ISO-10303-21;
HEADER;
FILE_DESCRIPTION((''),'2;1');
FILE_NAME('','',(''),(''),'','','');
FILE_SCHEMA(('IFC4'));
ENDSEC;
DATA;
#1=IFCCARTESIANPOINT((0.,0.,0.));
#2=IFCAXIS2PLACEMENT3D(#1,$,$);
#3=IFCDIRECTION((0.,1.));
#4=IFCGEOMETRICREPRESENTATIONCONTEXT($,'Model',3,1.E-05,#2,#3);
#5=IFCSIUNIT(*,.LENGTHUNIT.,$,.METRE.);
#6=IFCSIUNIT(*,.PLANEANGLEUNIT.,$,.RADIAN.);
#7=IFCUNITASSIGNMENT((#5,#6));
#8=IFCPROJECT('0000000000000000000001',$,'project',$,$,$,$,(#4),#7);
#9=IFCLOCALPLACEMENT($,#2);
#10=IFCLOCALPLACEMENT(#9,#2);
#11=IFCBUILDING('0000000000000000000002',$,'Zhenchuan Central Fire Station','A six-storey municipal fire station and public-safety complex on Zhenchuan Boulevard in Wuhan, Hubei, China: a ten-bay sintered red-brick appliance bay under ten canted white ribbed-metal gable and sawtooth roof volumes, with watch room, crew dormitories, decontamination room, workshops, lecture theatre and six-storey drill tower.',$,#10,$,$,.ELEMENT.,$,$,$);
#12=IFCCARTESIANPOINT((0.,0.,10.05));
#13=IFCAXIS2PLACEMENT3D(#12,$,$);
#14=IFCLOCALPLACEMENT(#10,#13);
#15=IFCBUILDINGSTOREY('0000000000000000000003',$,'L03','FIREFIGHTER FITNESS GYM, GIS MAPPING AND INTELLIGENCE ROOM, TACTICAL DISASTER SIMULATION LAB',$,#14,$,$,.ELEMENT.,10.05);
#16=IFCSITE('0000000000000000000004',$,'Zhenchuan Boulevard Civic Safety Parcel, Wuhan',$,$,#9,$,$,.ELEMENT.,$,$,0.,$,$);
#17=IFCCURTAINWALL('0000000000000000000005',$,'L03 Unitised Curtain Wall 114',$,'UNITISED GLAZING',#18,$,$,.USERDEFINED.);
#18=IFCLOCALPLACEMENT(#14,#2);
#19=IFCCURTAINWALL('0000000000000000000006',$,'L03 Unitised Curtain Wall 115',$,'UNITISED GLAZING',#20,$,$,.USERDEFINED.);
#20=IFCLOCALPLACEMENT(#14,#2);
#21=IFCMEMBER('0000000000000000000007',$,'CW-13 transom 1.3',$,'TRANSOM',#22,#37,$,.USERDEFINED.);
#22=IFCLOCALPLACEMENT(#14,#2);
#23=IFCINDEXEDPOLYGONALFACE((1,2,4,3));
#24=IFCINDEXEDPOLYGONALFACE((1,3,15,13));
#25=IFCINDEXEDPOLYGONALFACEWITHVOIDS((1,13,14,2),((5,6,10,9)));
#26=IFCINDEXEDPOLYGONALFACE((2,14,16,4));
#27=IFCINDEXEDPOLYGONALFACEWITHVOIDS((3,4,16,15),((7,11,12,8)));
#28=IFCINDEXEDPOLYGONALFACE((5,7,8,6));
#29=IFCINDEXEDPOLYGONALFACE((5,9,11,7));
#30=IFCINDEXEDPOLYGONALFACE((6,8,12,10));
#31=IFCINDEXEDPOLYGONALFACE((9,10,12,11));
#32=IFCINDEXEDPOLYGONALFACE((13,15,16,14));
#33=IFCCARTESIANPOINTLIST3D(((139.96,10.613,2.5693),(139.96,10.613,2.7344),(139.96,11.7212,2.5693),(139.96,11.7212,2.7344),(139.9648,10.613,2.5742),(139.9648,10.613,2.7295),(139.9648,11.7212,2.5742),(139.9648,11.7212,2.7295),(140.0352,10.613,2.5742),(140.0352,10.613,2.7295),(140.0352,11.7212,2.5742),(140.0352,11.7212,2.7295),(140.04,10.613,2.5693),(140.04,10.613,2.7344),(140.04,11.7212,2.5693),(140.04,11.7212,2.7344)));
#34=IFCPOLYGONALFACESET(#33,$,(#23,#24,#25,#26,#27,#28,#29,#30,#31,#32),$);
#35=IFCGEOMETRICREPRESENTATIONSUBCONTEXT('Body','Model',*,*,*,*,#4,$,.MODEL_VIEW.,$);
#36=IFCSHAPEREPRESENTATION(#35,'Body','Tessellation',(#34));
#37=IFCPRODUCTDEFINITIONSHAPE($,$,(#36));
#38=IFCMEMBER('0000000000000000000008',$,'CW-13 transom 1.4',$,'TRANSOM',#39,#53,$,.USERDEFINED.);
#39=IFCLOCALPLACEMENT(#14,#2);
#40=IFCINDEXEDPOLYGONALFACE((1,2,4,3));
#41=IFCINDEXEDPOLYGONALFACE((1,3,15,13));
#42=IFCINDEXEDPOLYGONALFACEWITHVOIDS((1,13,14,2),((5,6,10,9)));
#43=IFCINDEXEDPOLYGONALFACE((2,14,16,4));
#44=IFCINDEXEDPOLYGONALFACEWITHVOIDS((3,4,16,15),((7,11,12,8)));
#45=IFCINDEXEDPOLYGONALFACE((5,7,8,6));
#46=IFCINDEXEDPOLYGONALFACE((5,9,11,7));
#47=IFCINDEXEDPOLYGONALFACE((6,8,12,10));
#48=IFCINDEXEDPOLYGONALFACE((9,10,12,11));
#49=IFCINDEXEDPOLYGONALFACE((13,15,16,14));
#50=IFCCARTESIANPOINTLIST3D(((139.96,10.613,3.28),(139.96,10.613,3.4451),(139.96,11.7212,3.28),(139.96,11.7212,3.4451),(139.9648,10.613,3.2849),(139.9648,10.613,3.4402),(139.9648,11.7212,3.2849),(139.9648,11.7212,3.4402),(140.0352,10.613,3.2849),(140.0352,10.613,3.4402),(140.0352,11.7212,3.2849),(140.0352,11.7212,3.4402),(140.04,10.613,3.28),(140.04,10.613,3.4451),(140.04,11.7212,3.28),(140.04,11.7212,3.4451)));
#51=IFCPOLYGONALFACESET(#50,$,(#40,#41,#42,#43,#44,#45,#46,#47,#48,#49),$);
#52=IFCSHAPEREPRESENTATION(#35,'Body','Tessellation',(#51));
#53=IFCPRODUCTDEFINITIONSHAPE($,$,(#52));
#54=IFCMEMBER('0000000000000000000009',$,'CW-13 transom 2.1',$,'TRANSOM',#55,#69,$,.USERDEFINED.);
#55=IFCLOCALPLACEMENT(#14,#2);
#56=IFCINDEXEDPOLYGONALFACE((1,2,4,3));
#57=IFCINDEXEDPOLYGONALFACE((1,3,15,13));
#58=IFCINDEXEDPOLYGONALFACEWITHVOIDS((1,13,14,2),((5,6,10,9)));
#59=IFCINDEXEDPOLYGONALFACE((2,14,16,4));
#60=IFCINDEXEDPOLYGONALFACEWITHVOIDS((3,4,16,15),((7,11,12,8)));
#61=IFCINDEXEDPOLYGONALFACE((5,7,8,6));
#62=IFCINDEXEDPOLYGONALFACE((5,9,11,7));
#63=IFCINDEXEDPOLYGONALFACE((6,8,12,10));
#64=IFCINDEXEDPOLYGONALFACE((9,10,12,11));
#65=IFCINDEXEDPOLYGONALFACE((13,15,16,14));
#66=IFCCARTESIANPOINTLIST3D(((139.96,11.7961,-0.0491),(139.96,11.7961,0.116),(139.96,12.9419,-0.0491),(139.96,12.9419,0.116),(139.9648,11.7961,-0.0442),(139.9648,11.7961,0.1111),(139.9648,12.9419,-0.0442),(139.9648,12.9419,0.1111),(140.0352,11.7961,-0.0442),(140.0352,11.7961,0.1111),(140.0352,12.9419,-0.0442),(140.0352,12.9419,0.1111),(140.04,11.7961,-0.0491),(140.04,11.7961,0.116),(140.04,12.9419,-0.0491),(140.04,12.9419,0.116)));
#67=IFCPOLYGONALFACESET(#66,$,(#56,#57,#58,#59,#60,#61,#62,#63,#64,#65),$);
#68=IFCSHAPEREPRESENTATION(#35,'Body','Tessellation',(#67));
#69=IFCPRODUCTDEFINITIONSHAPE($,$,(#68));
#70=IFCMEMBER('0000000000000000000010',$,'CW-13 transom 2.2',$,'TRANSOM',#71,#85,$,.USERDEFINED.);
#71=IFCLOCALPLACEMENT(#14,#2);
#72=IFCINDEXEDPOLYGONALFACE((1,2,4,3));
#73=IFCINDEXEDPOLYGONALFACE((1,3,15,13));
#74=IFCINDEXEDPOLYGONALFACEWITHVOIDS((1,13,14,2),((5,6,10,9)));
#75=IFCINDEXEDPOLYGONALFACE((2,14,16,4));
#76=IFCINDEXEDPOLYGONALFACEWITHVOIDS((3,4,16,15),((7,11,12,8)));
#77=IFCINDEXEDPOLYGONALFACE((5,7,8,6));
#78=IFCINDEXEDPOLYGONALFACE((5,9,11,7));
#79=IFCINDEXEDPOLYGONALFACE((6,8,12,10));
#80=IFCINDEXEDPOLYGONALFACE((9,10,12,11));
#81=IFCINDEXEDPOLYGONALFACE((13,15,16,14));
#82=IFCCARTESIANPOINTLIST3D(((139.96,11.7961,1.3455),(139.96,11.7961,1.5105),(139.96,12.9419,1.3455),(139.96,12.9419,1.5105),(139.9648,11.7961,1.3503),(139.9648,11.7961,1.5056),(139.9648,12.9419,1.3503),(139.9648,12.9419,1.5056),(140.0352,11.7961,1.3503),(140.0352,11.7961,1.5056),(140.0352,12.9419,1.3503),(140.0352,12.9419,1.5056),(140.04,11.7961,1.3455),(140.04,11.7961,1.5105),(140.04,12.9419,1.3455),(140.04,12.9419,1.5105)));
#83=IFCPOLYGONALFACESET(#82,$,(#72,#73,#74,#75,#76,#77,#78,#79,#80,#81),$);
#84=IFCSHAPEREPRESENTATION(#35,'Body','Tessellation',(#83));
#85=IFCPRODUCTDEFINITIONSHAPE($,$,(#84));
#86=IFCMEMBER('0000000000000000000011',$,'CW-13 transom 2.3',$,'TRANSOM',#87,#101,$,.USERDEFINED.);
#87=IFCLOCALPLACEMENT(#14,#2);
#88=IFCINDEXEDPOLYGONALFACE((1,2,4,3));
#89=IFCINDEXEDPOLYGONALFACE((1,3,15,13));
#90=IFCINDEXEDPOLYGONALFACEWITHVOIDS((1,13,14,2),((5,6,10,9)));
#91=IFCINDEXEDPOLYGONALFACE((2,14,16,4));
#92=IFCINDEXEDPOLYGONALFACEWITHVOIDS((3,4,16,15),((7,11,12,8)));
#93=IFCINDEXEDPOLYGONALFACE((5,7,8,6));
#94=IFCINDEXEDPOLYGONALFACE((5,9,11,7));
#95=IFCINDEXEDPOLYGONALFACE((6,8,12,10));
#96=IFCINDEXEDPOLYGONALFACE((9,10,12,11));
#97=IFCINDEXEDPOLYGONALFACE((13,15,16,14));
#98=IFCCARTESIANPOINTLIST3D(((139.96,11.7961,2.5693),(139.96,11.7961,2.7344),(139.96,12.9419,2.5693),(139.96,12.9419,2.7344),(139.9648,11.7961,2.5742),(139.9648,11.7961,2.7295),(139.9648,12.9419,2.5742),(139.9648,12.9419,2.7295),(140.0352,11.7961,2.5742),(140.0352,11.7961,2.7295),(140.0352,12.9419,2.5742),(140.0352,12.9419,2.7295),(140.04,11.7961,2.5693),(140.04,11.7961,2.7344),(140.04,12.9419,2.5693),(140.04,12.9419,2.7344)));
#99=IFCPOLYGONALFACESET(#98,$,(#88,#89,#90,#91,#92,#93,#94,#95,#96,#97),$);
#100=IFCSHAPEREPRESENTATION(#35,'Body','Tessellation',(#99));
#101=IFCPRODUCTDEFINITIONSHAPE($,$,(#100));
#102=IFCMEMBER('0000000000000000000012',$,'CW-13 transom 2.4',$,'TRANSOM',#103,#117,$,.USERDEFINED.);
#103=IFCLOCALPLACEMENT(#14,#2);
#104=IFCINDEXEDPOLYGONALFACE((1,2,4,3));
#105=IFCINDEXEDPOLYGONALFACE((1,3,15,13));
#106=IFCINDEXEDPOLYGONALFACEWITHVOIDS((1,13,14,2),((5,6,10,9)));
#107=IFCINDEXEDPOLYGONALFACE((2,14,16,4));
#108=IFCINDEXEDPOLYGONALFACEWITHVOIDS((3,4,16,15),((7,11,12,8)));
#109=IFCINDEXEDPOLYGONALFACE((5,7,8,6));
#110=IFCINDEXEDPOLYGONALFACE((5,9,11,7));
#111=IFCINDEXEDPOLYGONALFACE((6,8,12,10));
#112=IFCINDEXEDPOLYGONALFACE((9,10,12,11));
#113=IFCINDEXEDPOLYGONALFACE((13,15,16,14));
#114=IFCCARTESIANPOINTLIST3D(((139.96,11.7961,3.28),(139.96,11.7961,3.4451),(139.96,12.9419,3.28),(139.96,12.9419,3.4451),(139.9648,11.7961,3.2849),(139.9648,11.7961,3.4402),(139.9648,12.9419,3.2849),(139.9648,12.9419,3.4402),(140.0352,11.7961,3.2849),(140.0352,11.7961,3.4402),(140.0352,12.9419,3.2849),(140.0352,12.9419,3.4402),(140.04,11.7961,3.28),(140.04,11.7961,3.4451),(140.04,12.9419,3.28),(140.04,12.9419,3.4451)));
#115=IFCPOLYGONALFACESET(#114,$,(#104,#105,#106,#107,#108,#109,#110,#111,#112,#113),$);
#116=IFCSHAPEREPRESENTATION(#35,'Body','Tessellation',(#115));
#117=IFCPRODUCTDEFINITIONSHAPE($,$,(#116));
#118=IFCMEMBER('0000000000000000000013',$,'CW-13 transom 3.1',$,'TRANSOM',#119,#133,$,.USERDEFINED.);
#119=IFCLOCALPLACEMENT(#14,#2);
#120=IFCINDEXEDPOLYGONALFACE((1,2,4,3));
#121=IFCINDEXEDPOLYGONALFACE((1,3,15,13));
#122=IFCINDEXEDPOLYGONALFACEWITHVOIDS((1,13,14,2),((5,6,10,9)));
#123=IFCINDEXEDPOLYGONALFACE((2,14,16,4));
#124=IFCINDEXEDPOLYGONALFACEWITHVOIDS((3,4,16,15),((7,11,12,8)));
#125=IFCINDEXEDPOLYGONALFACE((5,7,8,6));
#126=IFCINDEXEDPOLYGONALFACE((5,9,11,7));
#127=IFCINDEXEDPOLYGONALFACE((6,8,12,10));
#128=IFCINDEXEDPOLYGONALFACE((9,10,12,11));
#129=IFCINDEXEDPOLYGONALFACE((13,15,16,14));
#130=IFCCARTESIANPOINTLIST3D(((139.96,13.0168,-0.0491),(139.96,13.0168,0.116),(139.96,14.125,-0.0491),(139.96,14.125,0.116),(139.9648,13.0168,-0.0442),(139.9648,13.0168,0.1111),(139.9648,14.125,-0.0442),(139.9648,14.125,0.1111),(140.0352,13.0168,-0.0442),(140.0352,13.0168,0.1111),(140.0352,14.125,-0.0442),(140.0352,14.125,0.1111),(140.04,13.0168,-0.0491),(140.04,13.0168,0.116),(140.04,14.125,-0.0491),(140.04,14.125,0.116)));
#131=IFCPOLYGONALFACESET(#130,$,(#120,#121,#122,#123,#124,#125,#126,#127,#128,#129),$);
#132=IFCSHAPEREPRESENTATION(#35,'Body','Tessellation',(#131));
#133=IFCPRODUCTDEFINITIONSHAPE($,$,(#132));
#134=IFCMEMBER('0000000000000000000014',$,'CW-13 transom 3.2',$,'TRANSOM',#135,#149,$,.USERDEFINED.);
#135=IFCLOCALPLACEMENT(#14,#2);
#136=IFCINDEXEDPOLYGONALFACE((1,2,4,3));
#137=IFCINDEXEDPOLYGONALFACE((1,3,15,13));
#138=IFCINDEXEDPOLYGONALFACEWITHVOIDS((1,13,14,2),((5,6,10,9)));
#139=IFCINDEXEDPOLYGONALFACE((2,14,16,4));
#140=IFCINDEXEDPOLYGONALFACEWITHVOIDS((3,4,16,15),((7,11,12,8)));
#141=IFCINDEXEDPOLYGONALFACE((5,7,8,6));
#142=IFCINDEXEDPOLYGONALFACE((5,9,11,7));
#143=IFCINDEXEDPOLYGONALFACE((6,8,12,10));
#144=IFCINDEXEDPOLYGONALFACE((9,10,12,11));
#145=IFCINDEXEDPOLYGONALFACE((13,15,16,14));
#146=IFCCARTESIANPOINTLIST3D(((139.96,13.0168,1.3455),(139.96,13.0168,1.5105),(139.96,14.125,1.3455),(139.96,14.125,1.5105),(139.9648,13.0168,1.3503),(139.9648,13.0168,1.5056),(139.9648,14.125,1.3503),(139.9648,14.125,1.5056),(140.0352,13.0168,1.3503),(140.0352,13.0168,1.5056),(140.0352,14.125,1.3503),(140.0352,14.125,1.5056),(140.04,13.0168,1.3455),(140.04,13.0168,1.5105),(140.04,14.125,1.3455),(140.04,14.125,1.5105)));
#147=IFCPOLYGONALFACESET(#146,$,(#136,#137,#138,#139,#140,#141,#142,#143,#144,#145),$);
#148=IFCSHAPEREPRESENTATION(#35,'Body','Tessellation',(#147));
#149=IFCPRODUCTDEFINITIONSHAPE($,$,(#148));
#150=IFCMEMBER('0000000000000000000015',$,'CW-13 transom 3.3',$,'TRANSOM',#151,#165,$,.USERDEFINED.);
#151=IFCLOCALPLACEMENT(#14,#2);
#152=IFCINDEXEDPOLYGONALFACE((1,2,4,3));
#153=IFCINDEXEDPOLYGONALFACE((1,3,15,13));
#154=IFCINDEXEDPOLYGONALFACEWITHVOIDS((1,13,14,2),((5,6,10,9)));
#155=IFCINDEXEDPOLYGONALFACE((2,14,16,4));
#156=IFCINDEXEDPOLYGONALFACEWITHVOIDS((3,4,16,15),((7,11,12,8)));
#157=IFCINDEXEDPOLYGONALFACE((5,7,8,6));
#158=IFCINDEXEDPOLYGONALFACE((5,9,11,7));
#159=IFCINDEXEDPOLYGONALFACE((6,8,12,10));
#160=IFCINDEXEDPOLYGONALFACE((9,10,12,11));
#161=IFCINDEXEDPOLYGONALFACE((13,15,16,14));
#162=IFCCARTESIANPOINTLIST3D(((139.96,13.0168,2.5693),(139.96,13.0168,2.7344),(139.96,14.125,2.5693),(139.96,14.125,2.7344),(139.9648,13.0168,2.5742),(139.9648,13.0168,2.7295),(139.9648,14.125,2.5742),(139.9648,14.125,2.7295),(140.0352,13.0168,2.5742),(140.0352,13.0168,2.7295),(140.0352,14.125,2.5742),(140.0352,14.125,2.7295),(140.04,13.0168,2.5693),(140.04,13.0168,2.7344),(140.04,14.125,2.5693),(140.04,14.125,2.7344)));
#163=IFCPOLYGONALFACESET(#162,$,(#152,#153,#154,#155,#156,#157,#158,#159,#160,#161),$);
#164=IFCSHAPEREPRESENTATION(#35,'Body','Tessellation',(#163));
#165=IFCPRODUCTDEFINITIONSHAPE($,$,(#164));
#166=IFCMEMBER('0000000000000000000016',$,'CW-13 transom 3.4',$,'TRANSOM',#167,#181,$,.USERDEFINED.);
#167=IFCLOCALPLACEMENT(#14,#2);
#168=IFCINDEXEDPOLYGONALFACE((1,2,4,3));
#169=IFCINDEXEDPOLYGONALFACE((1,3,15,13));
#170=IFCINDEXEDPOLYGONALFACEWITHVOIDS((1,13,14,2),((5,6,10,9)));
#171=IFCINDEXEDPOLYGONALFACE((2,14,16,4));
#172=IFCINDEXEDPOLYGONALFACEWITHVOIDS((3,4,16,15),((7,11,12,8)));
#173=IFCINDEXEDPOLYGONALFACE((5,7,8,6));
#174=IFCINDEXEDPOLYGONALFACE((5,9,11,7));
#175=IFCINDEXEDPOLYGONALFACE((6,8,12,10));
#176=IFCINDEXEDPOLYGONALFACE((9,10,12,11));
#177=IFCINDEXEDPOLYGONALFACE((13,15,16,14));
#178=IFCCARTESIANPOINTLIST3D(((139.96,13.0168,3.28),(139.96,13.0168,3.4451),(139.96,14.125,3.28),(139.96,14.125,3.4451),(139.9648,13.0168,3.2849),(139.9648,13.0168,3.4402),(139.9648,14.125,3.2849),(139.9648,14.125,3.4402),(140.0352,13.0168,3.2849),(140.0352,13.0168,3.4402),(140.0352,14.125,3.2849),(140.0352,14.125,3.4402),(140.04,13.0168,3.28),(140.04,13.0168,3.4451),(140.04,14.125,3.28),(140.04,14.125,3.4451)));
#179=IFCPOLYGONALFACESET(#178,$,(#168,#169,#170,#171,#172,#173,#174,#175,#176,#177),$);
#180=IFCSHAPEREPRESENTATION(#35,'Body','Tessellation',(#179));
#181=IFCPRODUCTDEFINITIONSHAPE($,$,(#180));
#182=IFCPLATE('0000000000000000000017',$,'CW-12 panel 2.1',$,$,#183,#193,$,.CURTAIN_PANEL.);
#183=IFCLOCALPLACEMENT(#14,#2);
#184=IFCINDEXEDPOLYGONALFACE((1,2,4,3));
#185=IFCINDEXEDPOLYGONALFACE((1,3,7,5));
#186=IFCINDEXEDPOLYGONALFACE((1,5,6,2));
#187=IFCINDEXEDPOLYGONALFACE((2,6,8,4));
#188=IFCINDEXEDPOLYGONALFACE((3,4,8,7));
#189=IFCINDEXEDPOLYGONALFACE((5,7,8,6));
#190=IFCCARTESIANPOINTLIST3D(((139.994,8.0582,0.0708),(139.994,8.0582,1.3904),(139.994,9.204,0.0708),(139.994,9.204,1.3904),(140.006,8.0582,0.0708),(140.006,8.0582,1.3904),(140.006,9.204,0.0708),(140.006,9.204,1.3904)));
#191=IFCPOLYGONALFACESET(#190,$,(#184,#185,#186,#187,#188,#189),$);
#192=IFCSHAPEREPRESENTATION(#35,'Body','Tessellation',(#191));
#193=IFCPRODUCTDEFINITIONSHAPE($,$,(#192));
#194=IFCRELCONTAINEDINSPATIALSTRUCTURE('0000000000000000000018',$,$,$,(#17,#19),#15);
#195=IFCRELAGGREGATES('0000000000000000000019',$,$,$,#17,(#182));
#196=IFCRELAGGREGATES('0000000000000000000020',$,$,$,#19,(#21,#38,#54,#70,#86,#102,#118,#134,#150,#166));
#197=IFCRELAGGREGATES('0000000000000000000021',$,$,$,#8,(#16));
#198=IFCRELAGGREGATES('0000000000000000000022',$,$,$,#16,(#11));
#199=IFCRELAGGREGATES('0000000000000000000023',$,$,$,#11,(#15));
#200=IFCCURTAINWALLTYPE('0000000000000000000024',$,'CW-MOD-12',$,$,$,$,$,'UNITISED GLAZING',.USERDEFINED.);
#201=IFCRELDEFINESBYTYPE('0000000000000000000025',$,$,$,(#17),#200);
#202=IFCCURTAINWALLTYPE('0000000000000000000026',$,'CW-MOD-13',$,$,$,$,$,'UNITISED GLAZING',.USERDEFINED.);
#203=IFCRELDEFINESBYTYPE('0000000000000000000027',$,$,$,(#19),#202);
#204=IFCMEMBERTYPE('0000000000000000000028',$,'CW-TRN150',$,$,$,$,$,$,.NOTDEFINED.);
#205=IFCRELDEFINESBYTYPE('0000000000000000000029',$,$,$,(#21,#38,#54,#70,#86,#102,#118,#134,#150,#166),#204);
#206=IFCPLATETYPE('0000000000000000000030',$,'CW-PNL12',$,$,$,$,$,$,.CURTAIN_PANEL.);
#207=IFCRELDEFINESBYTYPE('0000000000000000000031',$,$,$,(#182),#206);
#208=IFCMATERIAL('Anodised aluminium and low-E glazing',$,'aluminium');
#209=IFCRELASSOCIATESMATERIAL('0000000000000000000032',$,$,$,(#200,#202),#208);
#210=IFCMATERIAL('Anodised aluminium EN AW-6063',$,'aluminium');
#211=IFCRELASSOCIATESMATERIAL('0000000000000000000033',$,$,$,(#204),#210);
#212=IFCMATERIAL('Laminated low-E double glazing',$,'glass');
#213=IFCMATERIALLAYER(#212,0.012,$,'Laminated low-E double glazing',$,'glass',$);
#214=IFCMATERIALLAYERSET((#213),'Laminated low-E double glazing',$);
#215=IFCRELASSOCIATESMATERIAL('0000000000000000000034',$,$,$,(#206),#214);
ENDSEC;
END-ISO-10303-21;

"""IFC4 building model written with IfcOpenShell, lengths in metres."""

from ifc_helpers import new_model, si_unit, direction, frame, origin, origin_2d, place, context, subcontext, project, spatial, rectangle, hollow_rectangle, extrude, material, layer, layer_set, material_profile, profile_set, type_object, element, aggregate, save


model = new_model("IFC4")

# Units and contexts
model_context = context("Model", 3, precision=1e-05, world=origin(), true_north=direction((0.0, 1.0)))
body_context = subcontext(model_context, "Body", "Model", "MODEL_VIEW")
ifc_project = project(units=[si_unit("LENGTHUNIT", "METRE"), si_unit("PLANEANGLEUNIT", "RADIAN")], contexts=[model_context])

# Site, building, storey
site_placement = place(None, origin())
site = spatial("IfcSite", under=ifc_project, at=site_placement, Name="Zhenchuan Boulevard Civic Safety Parcel, Wuhan", CompositionType="ELEMENT", RefElevation=0.0)
building_placement = place(site_placement, origin())
building = spatial("IfcBuilding", under=site, at=building_placement, Name="Zhenchuan Central Fire Station", Description="A six-storey municipal fire station and public-safety complex on Zhenchuan Boulevard in Wuhan, Hubei, China: a ten-bay sintered red-brick appliance bay under ten canted white ribbed-metal gable and sawtooth roof volumes, with watch room, crew dormitories, decontamination room, workshops, lecture theatre and six-storey drill tower.", CompositionType="ELEMENT")
storey_placement = place(building_placement, frame((0.0, 0.0, 10.05)))
storey = spatial("IfcBuildingStorey", under=building, at=storey_placement, Name="L03", Description="FIREFIGHTER FITNESS GYM, GIS MAPPING AND INTELLIGENCE ROOM, TACTICAL DISASTER SIMULATION LAB", CompositionType="ELEMENT", Elevation=10.05)

# Curtain walls
ifc_material_1 = material(Name="Anodised aluminium and low-E glazing", Category="aluminium")
curtain_wall_type_1 = type_object("IfcCurtainWallType", Name="CW-MOD-12", ElementType="UNITISED GLAZING", PredefinedType="USERDEFINED", material=ifc_material_1)
curtain_wall_1_placement = place(storey_placement, origin())
curtain_wall_1 = element("IfcCurtainWall", 1, at=curtain_wall_1_placement, inside=storey, type_object=curtain_wall_type_1, Name="L03 Unitised Curtain Wall 114", ObjectType="UNITISED GLAZING", PredefinedType="USERDEFINED")
ifc_material_2 = material(Name="Anodised aluminium EN AW-6063", Category="aluminium")
curtain_wall_type_2 = type_object("IfcCurtainWallType", Name="CW-MOD-13", ElementType="UNITISED GLAZING", PredefinedType="USERDEFINED", material=ifc_material_1)
curtain_wall_2_placement = place(storey_placement, origin())
curtain_wall_2 = element("IfcCurtainWall", 2, at=curtain_wall_2_placement, inside=storey, type_object=curtain_wall_type_2, Name="L03 Unitised Curtain Wall 115", ObjectType="UNITISED GLAZING", PredefinedType="USERDEFINED")

# Members
ifc_material_profile_1 = material_profile(ifc_material_2, hollow_rectangle(XDim=0.0801, YDim=0.165, WallThickness=0.0049, at=origin_2d()), Name="ALU-T 165x80")
ifc_profile_set_1 = profile_set([ifc_material_profile_1], Name="Anodised aluminium EN AW-6063")
member_type_1 = type_object("IfcMemberType", Name="CW-TRN150", PredefinedType="NOTDEFINED", material=ifc_profile_set_1)
member_1_placement = place(storey_placement, frame((140.0, 10.613, 2.6519), z_axis=(0.0, 1.0, 0.0), x_axis=(-1.0, 0.0, 0.0)))
member_1 = element("IfcMember", 3, at=member_1_placement, type_object=member_type_1, Name="CW-13 transom 1.3", ObjectType="TRANSOM", PredefinedType="USERDEFINED", context=body_context, shape_type="SweptSolid", body=[
    extrude(hollow_rectangle(XDim=0.0801, YDim=0.165, WallThickness=0.0049, at=origin_2d()), origin(), (0.0, 0.0, 1.0), 1.1082),
])
member_2_placement = place(storey_placement, frame((140.0, 10.613, 3.3625), z_axis=(0.0, 1.0, 0.0), x_axis=(-1.0, 0.0, 0.0)))
member_2 = element("IfcMember", 4, at=member_2_placement, type_object=member_type_1, Name="CW-13 transom 1.4", ObjectType="TRANSOM", PredefinedType="USERDEFINED", context=body_context, shape_type="SweptSolid", body=[
    extrude(hollow_rectangle(XDim=0.0801, YDim=0.165, WallThickness=0.0049, at=origin_2d()), origin(), (0.0, 0.0, 1.0), 1.1082),
])
member_3_placement = place(storey_placement, frame((140.0, 11.7961, 0.0334), z_axis=(0.0, 1.0, 0.0), x_axis=(-1.0, 0.0, 0.0)))
member_3 = element("IfcMember", 5, at=member_3_placement, type_object=member_type_1, Name="CW-13 transom 2.1", ObjectType="TRANSOM", PredefinedType="USERDEFINED", context=body_context, shape_type="SweptSolid", body=[
    extrude(hollow_rectangle(XDim=0.0801, YDim=0.165, WallThickness=0.0049, at=origin_2d()), origin(), (0.0, 0.0, 1.0), 1.1458),
])
member_4_placement = place(storey_placement, frame((140.0, 11.7961, 1.428), z_axis=(0.0, 1.0, 0.0), x_axis=(-1.0, 0.0, 0.0)))
member_4 = element("IfcMember", 6, at=member_4_placement, type_object=member_type_1, Name="CW-13 transom 2.2", ObjectType="TRANSOM", PredefinedType="USERDEFINED", context=body_context, shape_type="SweptSolid", body=[
    extrude(hollow_rectangle(XDim=0.0801, YDim=0.165, WallThickness=0.0049, at=origin_2d()), origin(), (0.0, 0.0, 1.0), 1.1458),
])
member_5_placement = place(storey_placement, frame((140.0, 11.7961, 2.6519), z_axis=(0.0, 1.0, 0.0), x_axis=(-1.0, 0.0, 0.0)))
member_5 = element("IfcMember", 7, at=member_5_placement, type_object=member_type_1, Name="CW-13 transom 2.3", ObjectType="TRANSOM", PredefinedType="USERDEFINED", context=body_context, shape_type="SweptSolid", body=[
    extrude(hollow_rectangle(XDim=0.0801, YDim=0.165, WallThickness=0.0049, at=origin_2d()), origin(), (0.0, 0.0, 1.0), 1.1458),
])
member_6_placement = place(storey_placement, frame((140.0, 11.7961, 3.3625), z_axis=(0.0, 1.0, 0.0), x_axis=(-1.0, 0.0, 0.0)))
member_6 = element("IfcMember", 8, at=member_6_placement, type_object=member_type_1, Name="CW-13 transom 2.4", ObjectType="TRANSOM", PredefinedType="USERDEFINED", context=body_context, shape_type="SweptSolid", body=[
    extrude(hollow_rectangle(XDim=0.0801, YDim=0.165, WallThickness=0.0049, at=origin_2d()), origin(), (0.0, 0.0, 1.0), 1.1458),
])
member_7_placement = place(storey_placement, frame((140.0, 13.0168, 0.0334), z_axis=(0.0, 1.0, 0.0), x_axis=(-1.0, 0.0, 0.0)))
member_7 = element("IfcMember", 9, at=member_7_placement, type_object=member_type_1, Name="CW-13 transom 3.1", ObjectType="TRANSOM", PredefinedType="USERDEFINED", context=body_context, shape_type="SweptSolid", body=[
    extrude(hollow_rectangle(XDim=0.0801, YDim=0.165, WallThickness=0.0049, at=origin_2d()), origin(), (0.0, 0.0, 1.0), 1.1082),
])
member_8_placement = place(storey_placement, frame((140.0, 13.0168, 1.428), z_axis=(0.0, 1.0, 0.0), x_axis=(-1.0, 0.0, 0.0)))
member_8 = element("IfcMember", 10, at=member_8_placement, type_object=member_type_1, Name="CW-13 transom 3.2", ObjectType="TRANSOM", PredefinedType="USERDEFINED", context=body_context, shape_type="SweptSolid", body=[
    extrude(hollow_rectangle(XDim=0.0801, YDim=0.165, WallThickness=0.0049, at=origin_2d()), origin(), (0.0, 0.0, 1.0), 1.1082),
])
member_9_placement = place(storey_placement, frame((140.0, 13.0168, 2.6519), z_axis=(0.0, 1.0, 0.0), x_axis=(-1.0, 0.0, 0.0)))
member_9 = element("IfcMember", 11, at=member_9_placement, type_object=member_type_1, Name="CW-13 transom 3.3", ObjectType="TRANSOM", PredefinedType="USERDEFINED", context=body_context, shape_type="SweptSolid", body=[
    extrude(hollow_rectangle(XDim=0.0801, YDim=0.165, WallThickness=0.0049, at=origin_2d()), origin(), (0.0, 0.0, 1.0), 1.1082),
])
member_10_placement = place(storey_placement, frame((140.0, 13.0168, 3.3625), z_axis=(0.0, 1.0, 0.0), x_axis=(-1.0, 0.0, 0.0)))
member_10 = element("IfcMember", 12, at=member_10_placement, type_object=member_type_1, Name="CW-13 transom 3.4", ObjectType="TRANSOM", PredefinedType="USERDEFINED", context=body_context, shape_type="SweptSolid", body=[
    extrude(hollow_rectangle(XDim=0.0801, YDim=0.165, WallThickness=0.0049, at=origin_2d()), origin(), (0.0, 0.0, 1.0), 1.1082),
])

# Plate
ifc_material_3 = material(Name="Laminated low-E double glazing", Category="glass")
ifc_layer = layer(ifc_material_3, 0.012, Name="Laminated low-E double glazing", Category="glass")
ifc_layer_set = layer_set([ifc_layer], Name="Laminated low-E double glazing")
plate_type = type_object("IfcPlateType", Name="CW-PNL12", PredefinedType="CURTAIN_PANEL", material=ifc_layer_set)
plate_1_placement = place(storey_placement, frame((140.0, 8.6311, 0.0708), z_axis=(0.0, 0.0, 1.0), x_axis=(0.0, 1.0, 0.0)))
plate_1 = element("IfcPlate", 13, at=plate_1_placement, type_object=plate_type, Name="CW-12 panel 2.1", PredefinedType="CURTAIN_PANEL", context=body_context, shape_type="SweptSolid", body=[
    extrude(rectangle(XDim=1.1458, YDim=0.012, at=origin_2d()), origin(), (0.0, 0.0, 1.0), 1.3196),
])
aggregate(curtain_wall_1, [plate_1])
aggregate(curtain_wall_2, [member_1, member_2, member_3, member_4, member_5, member_6, member_7, member_8, member_9, member_10])

save(model, "model.ifc")
